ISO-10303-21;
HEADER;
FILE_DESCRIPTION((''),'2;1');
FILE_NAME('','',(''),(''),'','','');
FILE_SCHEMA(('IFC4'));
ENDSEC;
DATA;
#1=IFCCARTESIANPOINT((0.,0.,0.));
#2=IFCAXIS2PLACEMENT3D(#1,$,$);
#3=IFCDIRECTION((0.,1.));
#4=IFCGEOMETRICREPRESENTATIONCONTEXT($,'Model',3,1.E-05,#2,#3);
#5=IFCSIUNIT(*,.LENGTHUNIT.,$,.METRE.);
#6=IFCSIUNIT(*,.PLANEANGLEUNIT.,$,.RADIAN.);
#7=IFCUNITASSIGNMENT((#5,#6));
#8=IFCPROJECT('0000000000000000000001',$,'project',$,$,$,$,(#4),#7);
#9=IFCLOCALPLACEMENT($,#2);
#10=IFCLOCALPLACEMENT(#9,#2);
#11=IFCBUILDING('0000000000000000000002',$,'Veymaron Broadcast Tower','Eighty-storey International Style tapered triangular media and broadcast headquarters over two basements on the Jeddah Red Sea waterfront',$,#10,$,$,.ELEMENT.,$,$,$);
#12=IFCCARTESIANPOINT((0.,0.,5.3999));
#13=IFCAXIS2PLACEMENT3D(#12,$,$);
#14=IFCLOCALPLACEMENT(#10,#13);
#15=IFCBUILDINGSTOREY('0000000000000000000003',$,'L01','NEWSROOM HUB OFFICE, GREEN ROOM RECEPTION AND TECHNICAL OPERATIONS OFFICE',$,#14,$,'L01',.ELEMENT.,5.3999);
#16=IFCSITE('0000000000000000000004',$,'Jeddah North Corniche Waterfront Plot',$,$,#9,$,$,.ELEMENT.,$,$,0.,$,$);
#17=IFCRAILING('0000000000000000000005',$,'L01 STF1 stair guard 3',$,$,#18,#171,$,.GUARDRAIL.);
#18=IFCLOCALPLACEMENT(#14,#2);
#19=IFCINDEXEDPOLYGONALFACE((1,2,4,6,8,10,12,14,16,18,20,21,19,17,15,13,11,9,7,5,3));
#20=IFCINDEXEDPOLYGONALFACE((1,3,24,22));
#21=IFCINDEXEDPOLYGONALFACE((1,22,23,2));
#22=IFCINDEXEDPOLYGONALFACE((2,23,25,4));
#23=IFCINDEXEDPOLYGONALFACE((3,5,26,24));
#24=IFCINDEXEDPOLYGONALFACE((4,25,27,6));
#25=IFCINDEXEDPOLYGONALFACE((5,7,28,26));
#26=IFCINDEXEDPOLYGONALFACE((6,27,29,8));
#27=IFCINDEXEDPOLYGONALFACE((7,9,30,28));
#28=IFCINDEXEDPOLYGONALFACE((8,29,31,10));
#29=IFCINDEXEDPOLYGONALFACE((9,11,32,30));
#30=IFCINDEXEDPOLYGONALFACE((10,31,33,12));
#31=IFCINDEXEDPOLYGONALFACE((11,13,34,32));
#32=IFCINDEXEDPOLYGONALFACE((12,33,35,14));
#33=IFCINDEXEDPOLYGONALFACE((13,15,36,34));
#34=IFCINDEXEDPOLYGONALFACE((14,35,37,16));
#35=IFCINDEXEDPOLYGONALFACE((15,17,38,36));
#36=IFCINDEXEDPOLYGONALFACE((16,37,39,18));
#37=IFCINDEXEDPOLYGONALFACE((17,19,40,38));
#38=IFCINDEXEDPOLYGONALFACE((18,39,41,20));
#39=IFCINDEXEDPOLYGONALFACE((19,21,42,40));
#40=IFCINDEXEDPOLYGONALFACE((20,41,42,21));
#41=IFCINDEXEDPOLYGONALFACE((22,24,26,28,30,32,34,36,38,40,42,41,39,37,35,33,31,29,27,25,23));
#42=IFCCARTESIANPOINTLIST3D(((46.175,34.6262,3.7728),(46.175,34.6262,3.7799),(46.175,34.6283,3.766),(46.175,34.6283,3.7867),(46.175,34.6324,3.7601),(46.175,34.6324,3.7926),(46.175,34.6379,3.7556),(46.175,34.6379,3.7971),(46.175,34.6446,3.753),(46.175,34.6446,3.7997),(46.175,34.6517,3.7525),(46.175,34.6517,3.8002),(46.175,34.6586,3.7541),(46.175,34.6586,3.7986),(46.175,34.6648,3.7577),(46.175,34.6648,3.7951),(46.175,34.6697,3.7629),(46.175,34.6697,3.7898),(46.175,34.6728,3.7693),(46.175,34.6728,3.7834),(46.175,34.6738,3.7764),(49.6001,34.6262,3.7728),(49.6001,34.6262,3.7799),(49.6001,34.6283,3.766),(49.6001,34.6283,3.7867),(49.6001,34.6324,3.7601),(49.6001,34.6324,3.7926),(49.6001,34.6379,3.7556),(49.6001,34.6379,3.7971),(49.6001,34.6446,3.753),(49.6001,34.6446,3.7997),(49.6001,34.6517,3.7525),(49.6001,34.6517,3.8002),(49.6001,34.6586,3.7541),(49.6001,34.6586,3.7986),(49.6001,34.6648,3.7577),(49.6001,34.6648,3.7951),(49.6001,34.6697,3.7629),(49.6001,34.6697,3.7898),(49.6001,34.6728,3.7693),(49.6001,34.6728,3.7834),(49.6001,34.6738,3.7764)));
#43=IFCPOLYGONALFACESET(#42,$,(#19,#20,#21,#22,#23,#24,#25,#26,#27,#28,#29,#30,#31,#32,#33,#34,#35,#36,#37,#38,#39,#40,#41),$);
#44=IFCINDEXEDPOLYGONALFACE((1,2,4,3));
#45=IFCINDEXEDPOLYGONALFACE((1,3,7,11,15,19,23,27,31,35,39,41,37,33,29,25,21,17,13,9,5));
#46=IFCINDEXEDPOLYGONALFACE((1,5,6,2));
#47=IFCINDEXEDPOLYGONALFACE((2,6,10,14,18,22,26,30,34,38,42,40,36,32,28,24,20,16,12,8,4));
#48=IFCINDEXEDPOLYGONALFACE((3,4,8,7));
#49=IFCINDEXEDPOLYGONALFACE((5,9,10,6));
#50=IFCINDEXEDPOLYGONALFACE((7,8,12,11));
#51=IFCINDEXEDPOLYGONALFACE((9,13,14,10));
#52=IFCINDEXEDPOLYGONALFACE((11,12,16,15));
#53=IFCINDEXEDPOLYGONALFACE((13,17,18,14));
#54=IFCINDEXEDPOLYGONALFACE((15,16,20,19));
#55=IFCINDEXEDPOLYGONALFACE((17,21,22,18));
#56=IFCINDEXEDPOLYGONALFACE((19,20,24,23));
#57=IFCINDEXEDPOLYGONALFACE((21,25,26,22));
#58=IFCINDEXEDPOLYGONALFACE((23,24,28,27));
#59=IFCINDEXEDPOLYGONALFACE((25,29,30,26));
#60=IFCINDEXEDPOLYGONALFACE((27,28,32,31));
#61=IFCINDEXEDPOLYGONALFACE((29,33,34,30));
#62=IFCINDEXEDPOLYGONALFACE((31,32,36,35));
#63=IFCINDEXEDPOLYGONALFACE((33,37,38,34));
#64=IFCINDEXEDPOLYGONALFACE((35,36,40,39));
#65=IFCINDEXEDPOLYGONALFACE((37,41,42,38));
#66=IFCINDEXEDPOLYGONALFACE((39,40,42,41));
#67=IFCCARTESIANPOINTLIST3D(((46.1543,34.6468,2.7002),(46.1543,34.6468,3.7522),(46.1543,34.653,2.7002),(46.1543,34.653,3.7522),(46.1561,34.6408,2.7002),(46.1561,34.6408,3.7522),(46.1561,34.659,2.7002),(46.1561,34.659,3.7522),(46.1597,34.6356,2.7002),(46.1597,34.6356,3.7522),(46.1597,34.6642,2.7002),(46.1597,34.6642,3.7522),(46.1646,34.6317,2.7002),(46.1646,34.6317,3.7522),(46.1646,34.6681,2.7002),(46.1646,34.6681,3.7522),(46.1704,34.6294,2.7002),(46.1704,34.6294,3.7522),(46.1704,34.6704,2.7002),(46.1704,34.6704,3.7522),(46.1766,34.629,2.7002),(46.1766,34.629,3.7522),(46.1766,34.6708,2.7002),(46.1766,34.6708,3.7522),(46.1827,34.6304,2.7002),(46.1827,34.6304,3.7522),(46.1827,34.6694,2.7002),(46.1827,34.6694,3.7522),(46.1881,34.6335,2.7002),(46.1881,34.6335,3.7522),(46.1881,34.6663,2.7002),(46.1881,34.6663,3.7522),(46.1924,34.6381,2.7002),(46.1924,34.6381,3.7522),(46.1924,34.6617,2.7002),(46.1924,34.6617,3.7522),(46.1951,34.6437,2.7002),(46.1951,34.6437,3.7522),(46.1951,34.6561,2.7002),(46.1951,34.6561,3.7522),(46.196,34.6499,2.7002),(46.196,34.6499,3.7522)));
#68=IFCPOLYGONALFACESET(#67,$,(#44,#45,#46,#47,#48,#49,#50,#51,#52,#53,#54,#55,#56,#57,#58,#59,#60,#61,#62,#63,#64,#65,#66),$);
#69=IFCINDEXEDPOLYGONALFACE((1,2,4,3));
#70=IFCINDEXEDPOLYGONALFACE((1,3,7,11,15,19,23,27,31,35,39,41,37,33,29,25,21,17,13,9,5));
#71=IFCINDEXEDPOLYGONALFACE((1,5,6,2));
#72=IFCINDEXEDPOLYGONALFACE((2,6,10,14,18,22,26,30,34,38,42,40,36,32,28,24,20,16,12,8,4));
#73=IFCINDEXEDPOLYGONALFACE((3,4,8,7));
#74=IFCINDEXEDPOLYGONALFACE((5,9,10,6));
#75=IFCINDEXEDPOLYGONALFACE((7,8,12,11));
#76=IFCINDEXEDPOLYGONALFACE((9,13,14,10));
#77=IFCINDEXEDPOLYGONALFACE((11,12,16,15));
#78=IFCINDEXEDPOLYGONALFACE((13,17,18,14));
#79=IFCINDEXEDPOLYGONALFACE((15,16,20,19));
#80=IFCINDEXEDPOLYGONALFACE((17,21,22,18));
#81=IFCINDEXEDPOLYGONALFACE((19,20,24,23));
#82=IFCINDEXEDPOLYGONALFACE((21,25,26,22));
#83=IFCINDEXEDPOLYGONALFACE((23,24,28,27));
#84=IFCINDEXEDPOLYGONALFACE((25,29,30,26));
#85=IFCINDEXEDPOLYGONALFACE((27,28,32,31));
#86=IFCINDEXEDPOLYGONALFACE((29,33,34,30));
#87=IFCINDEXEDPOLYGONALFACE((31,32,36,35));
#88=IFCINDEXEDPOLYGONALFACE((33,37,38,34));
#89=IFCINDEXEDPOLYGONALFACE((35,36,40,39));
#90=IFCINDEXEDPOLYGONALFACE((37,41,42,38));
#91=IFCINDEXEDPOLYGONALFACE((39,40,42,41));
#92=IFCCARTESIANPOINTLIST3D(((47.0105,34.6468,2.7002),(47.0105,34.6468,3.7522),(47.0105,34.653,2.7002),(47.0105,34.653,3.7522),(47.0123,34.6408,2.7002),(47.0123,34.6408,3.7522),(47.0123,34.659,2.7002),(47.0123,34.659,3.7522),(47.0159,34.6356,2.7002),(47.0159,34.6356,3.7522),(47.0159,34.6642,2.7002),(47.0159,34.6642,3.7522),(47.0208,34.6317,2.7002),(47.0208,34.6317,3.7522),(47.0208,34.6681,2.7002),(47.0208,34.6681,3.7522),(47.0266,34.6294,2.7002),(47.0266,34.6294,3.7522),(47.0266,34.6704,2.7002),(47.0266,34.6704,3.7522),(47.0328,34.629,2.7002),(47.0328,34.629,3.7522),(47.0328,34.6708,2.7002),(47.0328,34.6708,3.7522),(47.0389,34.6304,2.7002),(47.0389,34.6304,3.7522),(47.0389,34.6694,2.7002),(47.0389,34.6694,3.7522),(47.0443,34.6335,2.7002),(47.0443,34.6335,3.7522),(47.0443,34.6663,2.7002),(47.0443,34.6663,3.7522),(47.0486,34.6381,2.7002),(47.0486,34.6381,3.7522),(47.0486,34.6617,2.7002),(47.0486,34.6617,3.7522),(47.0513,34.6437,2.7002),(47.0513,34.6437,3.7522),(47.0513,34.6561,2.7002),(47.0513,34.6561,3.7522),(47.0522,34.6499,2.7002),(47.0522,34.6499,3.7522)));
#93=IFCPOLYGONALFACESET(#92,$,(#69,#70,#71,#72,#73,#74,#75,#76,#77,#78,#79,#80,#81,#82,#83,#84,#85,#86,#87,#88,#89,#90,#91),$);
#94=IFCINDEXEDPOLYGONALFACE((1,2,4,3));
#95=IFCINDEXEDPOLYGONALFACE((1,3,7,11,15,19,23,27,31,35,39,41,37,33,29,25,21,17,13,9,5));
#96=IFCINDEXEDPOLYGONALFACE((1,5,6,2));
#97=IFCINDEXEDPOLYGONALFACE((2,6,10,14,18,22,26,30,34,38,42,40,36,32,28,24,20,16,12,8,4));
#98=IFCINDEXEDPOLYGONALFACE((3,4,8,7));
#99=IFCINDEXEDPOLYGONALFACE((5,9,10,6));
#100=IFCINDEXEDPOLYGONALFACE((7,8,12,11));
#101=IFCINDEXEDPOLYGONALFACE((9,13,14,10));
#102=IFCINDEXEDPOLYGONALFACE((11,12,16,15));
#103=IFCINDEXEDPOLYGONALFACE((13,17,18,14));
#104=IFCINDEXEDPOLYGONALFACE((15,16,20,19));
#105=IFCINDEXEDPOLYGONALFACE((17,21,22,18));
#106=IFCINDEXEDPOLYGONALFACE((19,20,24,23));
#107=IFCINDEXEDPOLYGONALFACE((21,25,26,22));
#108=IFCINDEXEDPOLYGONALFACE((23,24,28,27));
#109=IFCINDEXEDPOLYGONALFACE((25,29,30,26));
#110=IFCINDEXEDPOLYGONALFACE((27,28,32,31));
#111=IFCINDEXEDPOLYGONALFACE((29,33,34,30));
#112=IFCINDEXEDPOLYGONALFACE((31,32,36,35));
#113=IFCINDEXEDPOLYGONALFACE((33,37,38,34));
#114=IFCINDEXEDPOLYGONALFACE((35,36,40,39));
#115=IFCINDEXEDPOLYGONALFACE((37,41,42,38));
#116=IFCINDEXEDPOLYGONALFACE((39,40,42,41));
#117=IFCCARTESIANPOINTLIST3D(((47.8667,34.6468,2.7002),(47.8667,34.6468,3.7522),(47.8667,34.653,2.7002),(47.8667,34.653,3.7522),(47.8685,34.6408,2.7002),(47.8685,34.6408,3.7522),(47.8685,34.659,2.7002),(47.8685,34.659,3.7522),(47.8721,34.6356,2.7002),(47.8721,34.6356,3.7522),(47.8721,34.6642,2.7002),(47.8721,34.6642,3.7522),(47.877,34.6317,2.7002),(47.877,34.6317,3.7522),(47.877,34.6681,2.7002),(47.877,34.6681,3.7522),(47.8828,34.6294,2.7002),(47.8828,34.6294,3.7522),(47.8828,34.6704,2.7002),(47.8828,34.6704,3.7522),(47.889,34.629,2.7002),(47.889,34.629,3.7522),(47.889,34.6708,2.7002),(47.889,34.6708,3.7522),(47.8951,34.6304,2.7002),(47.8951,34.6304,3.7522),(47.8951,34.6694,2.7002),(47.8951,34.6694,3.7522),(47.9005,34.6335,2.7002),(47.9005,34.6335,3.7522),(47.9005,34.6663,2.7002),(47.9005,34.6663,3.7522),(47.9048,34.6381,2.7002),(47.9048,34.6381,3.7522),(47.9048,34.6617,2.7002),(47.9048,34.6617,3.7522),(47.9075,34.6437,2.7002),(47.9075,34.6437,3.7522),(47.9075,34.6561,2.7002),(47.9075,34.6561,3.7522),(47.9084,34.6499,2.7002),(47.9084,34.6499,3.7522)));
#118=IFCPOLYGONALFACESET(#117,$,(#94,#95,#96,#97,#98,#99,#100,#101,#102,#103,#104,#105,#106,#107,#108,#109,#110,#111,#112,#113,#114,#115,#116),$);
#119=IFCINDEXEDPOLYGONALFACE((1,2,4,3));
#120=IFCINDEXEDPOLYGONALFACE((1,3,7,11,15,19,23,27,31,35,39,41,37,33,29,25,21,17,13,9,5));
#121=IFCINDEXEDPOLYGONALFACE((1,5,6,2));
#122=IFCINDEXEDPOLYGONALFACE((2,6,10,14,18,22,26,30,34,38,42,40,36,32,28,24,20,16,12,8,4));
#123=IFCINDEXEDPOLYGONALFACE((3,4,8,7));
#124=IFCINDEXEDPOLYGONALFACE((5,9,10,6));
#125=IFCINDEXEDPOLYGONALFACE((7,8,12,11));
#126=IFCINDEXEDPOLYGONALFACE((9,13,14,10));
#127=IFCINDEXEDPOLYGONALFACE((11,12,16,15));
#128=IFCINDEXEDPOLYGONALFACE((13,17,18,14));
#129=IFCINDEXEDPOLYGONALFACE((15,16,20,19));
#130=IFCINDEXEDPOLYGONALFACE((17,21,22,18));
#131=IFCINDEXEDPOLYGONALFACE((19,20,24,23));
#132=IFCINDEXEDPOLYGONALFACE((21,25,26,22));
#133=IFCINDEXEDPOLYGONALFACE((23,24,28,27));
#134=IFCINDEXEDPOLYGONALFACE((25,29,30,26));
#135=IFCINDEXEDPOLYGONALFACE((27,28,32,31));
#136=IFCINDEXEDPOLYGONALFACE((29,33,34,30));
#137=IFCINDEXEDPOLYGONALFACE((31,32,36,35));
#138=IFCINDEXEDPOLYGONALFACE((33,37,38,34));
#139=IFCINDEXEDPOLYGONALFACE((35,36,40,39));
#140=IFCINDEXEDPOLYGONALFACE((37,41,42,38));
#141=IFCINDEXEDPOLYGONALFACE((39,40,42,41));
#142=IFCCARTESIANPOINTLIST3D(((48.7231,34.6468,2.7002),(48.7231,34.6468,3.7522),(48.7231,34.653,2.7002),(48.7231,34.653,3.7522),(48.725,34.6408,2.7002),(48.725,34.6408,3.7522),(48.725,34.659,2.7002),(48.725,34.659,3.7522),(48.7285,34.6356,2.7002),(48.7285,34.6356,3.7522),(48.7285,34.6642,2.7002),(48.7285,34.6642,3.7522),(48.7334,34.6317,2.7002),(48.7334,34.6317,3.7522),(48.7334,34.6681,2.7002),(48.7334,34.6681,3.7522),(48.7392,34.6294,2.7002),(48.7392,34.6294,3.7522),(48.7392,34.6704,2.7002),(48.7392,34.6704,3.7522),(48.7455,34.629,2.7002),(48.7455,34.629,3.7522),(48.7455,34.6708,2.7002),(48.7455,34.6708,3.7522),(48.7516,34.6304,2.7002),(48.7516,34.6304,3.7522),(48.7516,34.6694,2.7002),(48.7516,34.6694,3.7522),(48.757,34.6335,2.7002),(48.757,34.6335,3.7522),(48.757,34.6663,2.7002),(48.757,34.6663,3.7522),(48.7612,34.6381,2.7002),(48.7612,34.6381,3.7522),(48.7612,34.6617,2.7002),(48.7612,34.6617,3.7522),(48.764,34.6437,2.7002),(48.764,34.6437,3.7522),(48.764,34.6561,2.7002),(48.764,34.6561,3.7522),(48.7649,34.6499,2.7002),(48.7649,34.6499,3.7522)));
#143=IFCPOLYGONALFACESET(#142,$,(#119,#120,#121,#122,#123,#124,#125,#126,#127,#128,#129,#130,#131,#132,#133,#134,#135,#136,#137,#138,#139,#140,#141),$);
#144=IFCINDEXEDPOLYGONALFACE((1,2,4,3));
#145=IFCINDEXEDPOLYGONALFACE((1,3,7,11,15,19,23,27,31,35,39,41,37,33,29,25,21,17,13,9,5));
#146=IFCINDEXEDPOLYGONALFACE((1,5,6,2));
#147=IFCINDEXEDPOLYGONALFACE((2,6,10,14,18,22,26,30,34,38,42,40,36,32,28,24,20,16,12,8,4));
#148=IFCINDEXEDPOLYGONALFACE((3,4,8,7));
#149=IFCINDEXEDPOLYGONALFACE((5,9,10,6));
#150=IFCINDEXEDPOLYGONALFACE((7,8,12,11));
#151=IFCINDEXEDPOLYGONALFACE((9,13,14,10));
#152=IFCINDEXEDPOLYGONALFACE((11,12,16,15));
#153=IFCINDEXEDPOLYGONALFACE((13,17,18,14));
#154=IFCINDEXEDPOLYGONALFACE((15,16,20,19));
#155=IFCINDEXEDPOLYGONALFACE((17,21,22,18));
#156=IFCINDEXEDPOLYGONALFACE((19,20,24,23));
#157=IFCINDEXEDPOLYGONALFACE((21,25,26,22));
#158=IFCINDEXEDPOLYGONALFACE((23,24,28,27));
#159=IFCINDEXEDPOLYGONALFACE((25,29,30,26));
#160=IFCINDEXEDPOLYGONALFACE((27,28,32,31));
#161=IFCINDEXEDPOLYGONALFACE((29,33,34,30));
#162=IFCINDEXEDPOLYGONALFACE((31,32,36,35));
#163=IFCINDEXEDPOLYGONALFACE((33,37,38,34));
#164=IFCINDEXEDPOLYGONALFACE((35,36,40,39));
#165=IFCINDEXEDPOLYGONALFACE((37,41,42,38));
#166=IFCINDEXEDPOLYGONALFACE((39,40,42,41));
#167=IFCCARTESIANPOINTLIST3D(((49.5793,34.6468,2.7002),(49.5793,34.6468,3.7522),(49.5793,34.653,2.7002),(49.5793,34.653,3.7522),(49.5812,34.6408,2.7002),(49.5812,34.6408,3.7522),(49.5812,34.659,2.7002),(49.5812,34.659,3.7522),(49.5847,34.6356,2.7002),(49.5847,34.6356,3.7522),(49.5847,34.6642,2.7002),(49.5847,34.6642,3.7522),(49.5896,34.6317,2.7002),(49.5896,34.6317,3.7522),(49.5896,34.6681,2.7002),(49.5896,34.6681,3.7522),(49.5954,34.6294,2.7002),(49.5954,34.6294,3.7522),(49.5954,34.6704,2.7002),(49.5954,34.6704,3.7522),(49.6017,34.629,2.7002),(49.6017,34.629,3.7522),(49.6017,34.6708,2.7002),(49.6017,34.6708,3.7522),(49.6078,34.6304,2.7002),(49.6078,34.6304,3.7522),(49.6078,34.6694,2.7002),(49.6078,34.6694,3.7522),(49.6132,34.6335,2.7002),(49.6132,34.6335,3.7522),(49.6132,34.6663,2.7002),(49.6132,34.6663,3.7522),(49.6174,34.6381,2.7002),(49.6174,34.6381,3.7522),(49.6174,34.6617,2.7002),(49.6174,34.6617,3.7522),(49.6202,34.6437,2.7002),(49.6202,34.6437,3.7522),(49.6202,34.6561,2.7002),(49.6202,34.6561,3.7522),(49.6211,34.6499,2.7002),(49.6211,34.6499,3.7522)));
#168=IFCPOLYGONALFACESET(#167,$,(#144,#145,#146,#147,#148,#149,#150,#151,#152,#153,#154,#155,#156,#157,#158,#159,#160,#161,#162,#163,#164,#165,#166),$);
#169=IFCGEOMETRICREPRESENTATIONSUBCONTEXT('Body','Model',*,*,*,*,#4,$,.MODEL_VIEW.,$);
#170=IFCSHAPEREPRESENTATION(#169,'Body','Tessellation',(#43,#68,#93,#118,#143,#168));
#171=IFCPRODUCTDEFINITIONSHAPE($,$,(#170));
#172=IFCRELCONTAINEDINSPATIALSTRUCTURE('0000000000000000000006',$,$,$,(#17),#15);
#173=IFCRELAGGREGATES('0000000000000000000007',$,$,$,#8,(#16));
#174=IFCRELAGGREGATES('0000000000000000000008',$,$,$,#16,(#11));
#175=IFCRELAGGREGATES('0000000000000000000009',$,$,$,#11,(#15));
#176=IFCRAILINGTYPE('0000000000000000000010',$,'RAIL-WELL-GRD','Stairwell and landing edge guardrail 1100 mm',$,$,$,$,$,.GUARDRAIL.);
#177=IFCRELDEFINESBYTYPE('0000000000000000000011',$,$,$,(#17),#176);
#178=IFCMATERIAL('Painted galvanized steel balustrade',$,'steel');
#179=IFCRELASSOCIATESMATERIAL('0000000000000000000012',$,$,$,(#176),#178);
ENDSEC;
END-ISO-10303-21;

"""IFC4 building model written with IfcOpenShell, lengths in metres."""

from ifc_helpers import new_model, si_unit, direction, frame, origin, origin_2d, place, context, subcontext, project, spatial, circle, extrude, material, type_object, element, save


model = new_model("IFC4")

# Units and contexts
model_context = context("Model", 3, precision=1e-05, world=origin(), true_north=direction((0.0, 1.0)))
body_context = subcontext(model_context, "Body", "Model", "MODEL_VIEW")
ifc_project = project(units=[si_unit("LENGTHUNIT", "METRE"), si_unit("PLANEANGLEUNIT", "RADIAN")], contexts=[model_context])

# Site, building, storey
site_placement = place(None, origin())
site = spatial("IfcSite", under=ifc_project, at=site_placement, Name="Jeddah North Corniche Waterfront Plot", CompositionType="ELEMENT", RefElevation=0.0)
building_placement = place(site_placement, origin())
building = spatial("IfcBuilding", under=site, at=building_placement, Name="Veymaron Broadcast Tower", Description="Eighty-storey International Style tapered triangular media and broadcast headquarters over two basements on the Jeddah Red Sea waterfront", CompositionType="ELEMENT")
storey_placement = place(building_placement, frame((0.0, 0.0, 5.3999)))
storey = spatial("IfcBuildingStorey", under=building, at=storey_placement, Name="L01", Description="NEWSROOM HUB OFFICE, GREEN ROOM RECEPTION AND TECHNICAL OPERATIONS OFFICE", LongName="L01", CompositionType="ELEMENT", Elevation=5.3999)

# Railing
ifc_material_1 = material(Name="Painted galvanized steel balustrade", Category="steel")
railing_type_1 = type_object("IfcRailingType", Name="RAIL-WELL-GRD", Description="Stairwell and landing edge guardrail 1100 mm", PredefinedType="GUARDRAIL", material=ifc_material_1)
railing_1_placement = place(storey_placement, frame((46.175, 34.6499, 2.7002)))
element("IfcRailing", 1, at=railing_1_placement, inside=storey, type_object=railing_type_1, Name="L01 STF1 stair guard 3", PredefinedType="GUARDRAIL", context=body_context, shape_type="SweptSolid", body=[
    extrude(circle(Radius=0.0239, at=origin_2d()), frame((0.0, 0.0, 1.0762), z_axis=(1.0, 0.0, 0.0), x_axis=(0.0, 1.0, 0.0)), (0.0, 0.0, 1.0), 3.425),
    extrude(circle(Radius=0.021, at=origin_2d()), origin(), (0.0, 0.0, 1.0), 1.052),
    extrude(circle(Radius=0.021, at=origin_2d()), frame((0.8562, 0.0, 0.0)), (0.0, 0.0, 1.0), 1.052),
    extrude(circle(Radius=0.021, at=origin_2d()), frame((1.7124, 0.0, 0.0)), (0.0, 0.0, 1.0), 1.052),
    extrude(circle(Radius=0.021, at=origin_2d()), frame((2.5688, 0.0, 0.0)), (0.0, 0.0, 1.0), 1.052),
    extrude(circle(Radius=0.021, at=origin_2d()), frame((3.425, 0.0, 0.0)), (0.0, 0.0, 1.0), 1.052),
])

save(model, "model.ifc")
